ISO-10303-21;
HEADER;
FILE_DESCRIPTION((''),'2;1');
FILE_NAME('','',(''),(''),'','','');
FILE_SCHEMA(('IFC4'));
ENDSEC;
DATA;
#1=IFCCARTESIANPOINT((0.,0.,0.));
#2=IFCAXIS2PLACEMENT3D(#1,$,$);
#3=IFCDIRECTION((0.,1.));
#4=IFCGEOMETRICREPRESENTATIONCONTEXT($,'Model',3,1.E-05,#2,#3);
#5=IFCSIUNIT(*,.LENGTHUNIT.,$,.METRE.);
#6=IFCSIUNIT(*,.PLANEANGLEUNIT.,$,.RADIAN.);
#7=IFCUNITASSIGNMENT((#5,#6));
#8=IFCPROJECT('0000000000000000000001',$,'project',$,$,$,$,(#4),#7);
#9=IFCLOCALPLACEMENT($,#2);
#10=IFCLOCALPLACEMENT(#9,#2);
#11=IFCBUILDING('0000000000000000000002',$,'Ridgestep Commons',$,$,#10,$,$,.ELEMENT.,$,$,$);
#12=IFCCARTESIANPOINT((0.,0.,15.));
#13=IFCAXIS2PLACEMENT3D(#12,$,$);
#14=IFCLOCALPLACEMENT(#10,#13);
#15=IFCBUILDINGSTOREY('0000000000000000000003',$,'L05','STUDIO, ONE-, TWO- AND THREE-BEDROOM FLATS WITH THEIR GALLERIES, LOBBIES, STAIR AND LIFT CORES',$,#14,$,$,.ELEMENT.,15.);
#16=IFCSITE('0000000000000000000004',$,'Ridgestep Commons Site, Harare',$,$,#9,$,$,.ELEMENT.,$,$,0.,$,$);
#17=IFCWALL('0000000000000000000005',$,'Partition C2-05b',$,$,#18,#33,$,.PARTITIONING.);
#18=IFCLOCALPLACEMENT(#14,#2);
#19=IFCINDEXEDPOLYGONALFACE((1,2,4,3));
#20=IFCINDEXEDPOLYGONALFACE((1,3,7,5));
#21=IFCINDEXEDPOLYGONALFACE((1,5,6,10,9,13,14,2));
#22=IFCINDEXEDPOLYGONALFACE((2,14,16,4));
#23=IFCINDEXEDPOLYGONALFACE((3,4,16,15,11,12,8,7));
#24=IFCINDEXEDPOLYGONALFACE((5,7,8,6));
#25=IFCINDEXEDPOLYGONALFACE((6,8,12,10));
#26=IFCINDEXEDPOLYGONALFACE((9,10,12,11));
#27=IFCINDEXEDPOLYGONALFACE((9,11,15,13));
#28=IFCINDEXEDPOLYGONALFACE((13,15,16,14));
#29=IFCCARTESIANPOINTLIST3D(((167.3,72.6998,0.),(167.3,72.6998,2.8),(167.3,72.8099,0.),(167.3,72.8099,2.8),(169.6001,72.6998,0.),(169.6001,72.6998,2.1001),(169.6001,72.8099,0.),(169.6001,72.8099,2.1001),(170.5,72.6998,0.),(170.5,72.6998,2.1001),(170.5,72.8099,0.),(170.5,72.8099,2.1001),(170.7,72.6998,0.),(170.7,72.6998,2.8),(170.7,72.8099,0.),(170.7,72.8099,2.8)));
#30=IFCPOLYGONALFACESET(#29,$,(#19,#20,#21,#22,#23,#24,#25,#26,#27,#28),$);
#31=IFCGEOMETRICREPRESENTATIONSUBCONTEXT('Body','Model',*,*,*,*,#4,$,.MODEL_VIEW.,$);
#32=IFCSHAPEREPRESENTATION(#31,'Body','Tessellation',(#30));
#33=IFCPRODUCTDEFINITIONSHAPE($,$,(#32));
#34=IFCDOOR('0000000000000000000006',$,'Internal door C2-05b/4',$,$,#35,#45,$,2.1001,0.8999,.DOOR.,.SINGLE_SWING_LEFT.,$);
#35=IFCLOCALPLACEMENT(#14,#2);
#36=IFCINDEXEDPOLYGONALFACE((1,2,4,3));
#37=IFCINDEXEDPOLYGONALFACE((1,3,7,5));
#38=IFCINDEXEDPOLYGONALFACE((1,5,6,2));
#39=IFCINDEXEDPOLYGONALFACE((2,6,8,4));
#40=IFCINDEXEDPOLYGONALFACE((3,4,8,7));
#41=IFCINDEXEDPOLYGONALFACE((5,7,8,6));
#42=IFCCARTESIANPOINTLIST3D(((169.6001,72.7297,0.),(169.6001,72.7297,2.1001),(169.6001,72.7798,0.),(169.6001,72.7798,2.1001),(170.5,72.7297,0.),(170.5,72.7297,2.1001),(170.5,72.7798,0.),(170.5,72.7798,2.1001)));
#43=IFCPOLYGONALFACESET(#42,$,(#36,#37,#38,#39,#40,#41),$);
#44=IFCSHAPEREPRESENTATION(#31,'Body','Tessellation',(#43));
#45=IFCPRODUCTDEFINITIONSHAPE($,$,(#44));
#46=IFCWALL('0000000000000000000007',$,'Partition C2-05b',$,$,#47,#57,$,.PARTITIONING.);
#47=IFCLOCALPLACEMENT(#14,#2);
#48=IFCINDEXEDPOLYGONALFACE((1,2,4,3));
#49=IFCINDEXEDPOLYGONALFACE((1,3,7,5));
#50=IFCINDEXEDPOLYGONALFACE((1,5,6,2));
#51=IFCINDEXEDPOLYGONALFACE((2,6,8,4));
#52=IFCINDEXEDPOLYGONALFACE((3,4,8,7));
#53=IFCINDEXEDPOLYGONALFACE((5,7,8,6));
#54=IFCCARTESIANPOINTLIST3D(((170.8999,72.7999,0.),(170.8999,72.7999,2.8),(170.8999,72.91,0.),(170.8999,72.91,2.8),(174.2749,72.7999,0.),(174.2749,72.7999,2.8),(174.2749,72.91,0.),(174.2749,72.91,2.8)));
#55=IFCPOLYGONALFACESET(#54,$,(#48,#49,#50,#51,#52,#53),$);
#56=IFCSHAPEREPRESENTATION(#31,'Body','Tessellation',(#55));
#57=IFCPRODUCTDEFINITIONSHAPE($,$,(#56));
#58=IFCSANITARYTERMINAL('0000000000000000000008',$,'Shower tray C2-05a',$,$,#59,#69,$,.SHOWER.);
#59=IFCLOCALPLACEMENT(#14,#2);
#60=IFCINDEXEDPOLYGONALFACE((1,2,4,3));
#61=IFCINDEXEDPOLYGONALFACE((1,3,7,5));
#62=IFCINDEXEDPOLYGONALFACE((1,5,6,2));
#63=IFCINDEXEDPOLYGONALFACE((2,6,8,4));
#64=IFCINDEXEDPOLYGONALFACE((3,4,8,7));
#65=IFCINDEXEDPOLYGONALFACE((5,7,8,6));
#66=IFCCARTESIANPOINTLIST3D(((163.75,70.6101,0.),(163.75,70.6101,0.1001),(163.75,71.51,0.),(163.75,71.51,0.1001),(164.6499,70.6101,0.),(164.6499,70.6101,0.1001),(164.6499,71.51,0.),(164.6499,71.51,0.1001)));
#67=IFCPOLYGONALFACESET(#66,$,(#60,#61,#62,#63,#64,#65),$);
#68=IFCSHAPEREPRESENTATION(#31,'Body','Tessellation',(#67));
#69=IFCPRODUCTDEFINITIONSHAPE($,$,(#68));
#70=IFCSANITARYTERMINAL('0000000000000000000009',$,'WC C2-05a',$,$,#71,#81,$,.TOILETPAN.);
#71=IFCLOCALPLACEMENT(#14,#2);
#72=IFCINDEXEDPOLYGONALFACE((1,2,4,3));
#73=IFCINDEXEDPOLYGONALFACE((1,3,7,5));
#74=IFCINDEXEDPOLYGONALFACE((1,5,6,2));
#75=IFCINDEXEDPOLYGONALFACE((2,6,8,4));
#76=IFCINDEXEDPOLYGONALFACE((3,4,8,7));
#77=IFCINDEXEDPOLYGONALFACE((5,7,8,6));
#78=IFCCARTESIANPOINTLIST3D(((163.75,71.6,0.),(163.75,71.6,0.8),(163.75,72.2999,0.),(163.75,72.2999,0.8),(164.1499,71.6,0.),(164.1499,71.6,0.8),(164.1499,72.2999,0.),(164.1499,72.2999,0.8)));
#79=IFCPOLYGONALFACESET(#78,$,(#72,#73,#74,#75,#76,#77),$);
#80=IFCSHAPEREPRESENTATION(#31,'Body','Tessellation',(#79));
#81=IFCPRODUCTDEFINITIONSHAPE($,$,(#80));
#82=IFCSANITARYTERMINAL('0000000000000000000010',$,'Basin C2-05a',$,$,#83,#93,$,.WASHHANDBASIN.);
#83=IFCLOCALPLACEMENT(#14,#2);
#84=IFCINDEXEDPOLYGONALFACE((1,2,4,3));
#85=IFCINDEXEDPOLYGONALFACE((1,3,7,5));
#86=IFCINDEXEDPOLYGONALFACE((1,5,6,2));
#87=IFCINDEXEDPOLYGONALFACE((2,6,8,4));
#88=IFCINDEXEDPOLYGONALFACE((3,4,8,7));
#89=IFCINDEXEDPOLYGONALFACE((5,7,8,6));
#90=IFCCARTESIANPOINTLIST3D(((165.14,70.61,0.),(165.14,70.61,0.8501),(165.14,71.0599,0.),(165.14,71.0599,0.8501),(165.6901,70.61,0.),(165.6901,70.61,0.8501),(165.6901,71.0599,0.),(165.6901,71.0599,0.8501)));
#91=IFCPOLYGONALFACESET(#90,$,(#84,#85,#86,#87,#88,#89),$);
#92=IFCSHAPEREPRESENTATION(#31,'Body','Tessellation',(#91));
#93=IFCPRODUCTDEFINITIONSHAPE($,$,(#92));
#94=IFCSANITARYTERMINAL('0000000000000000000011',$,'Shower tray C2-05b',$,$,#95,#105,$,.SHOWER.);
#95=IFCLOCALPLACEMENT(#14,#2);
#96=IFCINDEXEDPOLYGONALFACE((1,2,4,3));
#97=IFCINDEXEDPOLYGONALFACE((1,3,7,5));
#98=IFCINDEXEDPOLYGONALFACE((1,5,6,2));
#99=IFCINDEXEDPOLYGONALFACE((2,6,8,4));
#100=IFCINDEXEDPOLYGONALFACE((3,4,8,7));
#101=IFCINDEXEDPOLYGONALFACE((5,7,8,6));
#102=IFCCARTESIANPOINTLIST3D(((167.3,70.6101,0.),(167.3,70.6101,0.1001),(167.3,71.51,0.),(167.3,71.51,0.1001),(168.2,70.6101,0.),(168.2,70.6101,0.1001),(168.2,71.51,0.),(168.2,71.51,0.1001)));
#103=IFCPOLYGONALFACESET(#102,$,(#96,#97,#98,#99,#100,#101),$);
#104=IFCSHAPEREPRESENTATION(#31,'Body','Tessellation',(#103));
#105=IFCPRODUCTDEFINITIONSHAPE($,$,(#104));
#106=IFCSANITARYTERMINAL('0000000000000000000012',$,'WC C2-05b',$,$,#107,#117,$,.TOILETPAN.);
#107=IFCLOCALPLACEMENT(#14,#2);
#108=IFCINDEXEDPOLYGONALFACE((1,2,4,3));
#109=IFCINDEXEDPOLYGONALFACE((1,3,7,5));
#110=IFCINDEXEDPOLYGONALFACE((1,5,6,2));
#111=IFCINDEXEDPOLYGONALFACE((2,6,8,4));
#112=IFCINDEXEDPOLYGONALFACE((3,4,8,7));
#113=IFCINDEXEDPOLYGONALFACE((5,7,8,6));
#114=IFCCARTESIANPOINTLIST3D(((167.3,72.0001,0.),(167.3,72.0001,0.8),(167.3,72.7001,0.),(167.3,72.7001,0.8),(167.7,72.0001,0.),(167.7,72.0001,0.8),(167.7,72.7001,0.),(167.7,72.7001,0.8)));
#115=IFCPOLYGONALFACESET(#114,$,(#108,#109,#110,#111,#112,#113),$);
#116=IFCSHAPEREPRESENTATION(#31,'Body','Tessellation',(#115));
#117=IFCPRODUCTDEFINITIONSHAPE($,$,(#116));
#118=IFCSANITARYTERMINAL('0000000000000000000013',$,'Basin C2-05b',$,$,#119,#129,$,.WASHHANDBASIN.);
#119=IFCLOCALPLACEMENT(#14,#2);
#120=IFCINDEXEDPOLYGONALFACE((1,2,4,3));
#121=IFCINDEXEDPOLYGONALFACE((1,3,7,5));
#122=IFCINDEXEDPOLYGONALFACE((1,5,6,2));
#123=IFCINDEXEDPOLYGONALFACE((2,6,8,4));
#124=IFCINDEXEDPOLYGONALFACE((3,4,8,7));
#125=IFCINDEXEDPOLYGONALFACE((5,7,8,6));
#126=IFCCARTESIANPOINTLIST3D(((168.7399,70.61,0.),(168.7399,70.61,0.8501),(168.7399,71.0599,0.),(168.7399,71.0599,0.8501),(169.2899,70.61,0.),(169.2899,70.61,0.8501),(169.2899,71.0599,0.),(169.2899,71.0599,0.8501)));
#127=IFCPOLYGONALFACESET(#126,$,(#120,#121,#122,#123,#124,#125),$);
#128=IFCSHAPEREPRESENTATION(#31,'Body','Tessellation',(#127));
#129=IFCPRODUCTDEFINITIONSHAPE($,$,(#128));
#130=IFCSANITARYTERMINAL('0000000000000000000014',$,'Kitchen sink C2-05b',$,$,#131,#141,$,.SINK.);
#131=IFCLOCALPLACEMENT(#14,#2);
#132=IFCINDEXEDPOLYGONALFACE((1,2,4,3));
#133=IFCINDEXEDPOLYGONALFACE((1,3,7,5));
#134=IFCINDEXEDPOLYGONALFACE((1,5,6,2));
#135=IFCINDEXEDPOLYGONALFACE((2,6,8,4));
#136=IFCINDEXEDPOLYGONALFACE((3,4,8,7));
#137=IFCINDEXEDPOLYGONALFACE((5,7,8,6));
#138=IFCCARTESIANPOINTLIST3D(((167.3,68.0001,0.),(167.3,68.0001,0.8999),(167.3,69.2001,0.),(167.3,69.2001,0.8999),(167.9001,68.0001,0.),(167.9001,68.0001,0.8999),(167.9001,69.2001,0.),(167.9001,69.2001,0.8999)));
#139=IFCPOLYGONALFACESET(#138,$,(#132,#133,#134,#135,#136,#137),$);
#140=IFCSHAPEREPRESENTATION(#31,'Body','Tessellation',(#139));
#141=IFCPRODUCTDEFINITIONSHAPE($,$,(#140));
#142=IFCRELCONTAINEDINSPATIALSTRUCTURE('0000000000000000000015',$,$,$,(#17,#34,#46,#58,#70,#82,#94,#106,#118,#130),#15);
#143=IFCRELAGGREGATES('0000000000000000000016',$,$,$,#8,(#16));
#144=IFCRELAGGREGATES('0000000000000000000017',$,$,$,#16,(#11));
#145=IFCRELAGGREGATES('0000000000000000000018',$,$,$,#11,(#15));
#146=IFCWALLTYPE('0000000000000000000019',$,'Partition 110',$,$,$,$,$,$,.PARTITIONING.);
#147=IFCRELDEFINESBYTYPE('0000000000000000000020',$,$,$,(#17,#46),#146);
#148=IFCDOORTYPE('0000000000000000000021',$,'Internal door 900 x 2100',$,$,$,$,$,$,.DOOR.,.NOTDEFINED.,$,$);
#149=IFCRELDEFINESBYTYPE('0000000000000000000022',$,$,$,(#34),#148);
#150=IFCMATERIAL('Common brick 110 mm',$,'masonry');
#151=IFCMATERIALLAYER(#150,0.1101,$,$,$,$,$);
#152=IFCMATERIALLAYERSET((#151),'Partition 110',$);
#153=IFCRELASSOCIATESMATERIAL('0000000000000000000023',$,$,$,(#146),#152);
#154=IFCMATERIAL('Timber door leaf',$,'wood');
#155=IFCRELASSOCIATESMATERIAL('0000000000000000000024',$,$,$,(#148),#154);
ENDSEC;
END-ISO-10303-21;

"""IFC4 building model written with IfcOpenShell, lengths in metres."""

from ifc_helpers import new_model, si_unit, direction, frame, frame_2d, origin, origin_2d, place, context, subcontext, project, spatial, rectangle, extrude, material, layer, layer_set, type_object, element, fill, save


model = new_model("IFC4")

# Units and contexts
model_context = context("Model", 3, precision=1e-05, world=origin(), true_north=direction((0.0, 1.0)))
body_context = subcontext(model_context, "Body", "Model", "MODEL_VIEW")
ifc_project = project(units=[si_unit("LENGTHUNIT", "METRE"), si_unit("PLANEANGLEUNIT", "RADIAN")], contexts=[model_context])

# Site, building, storey
site_placement = place(None, origin())
site = spatial("IfcSite", under=ifc_project, at=site_placement, Name="Ridgestep Commons Site, Harare", CompositionType="ELEMENT", RefElevation=0.0)
building_placement = place(site_placement, origin())
building = spatial("IfcBuilding", under=site, at=building_placement, Name="Ridgestep Commons", CompositionType="ELEMENT")
storey_placement = place(building_placement, frame((0.0, 0.0, 15.0)))
storey = spatial("IfcBuildingStorey", under=building, at=storey_placement, Name="L05", Description="STUDIO, ONE-, TWO- AND THREE-BEDROOM FLATS WITH THEIR GALLERIES, LOBBIES, STAIR AND LIFT CORES", CompositionType="ELEMENT", Elevation=15.0)

# Shared definitions
ifc_material_1 = material(Name="Common brick 110 mm", Category="masonry")
ifc_layer_1 = layer(ifc_material_1, 0.1101)
ifc_layer_set_1 = layer_set([ifc_layer_1], Name="Partition 110")
wall_type_1 = type_object("IfcWallType", Name="Partition 110", PredefinedType="PARTITIONING", material=ifc_layer_set_1)

# Shared definitions
ifc_material_2 = material(Name="Timber door leaf", Category="wood")
door_type = type_object("IfcDoorType", Name="Internal door 900 x 2100", OperationType="NOTDEFINED", PredefinedType="DOOR", material=ifc_material_2)

# Wall, opening, door
wall_1_placement = place(storey_placement, frame((167.3, 72.7549, 0.0), z_axis=(0.0, 0.0, 1.0), x_axis=(1.0, 0.0, 0.0)))
wall_1 = element("IfcWall", 1, at=wall_1_placement, inside=storey, type_object=wall_type_1, Name="Partition C2-05b", PredefinedType="PARTITIONING", context=body_context, shape_type="SweptSolid", body=[
    extrude(rectangle(XDim=3.3999, YDim=0.1101, at=frame_2d((1.7, 0.0))), origin(), (0.0, 0.0, 1.0), 2.8),
])
opening_1_placement = place(wall_1_placement, frame((2.3, 0.0, 0.0)))
opening_1 = element("IfcOpeningElement", 2, at=opening_1_placement, cuts=wall_1, PredefinedType="OPENING", context=body_context, shape_type="SweptSolid", body=[
    extrude(rectangle(XDim=0.8999, YDim=2.1001, at=frame_2d((0.45, 1.05))), frame((0.0, 0.0649, 0.0), z_axis=(0.0, -1.0, 0.0), x_axis=(1.0, 0.0, 0.0)), (0.0, 0.0, 1.0), 0.1301),
])
door_1_placement = place(opening_1_placement, origin())
door_1 = element("IfcDoor", 3, at=door_1_placement, inside=storey, type_object=door_type, Name="Internal door C2-05b/4", OperationType="SINGLE_SWING_LEFT", OverallHeight=2.1001, OverallWidth=0.8999, PredefinedType="DOOR", context=body_context, shape_type="SweptSolid", body=[
    extrude(rectangle(XDim=0.8999, YDim=2.1001, at=frame_2d((0.45, 1.05))), frame((0.0, 0.0249, 0.0), z_axis=(0.0, -1.0, 0.0), x_axis=(1.0, 0.0, 0.0)), (0.0, 0.0, 1.0), 0.05),
])
fill(opening_1, door_1)

# Wall
wall_2_placement = place(storey_placement, frame((170.8999, 72.855, 0.0), z_axis=(0.0, 0.0, 1.0), x_axis=(1.0, 0.0, 0.0)))
element("IfcWall", 4, at=wall_2_placement, inside=storey, type_object=wall_type_1, Name="Partition C2-05b", PredefinedType="PARTITIONING", context=body_context, shape_type="SweptSolid", body=[
    extrude(rectangle(XDim=3.375, YDim=0.1101, at=frame_2d((1.6875, 0.0))), origin(), (0.0, 0.0, 1.0), 2.8),
])

# Sanitary terminals
sanitary_terminal_1_placement = place(storey_placement, frame((164.2, 71.0601, 0.0), z_axis=(0.0, 0.0, 1.0), x_axis=(1.0, 0.0, 0.0)))
element("IfcSanitaryTerminal", 5, at=sanitary_terminal_1_placement, inside=storey, Name="Shower tray C2-05a", PredefinedType="SHOWER", context=body_context, shape_type="SweptSolid", body=[
    extrude(rectangle(XDim=0.8999, YDim=0.8999, at=origin_2d()), origin(), (0.0, 0.0, 1.0), 0.1001),
])
sanitary_terminal_2_placement = place(storey_placement, frame((163.95, 71.95, 0.0), z_axis=(0.0, 0.0, 1.0), x_axis=(1.0, 0.0, 0.0)))
element("IfcSanitaryTerminal", 6, at=sanitary_terminal_2_placement, inside=storey, Name="WC C2-05a", PredefinedType="TOILETPAN", context=body_context, shape_type="SweptSolid", body=[
    extrude(rectangle(XDim=0.3999, YDim=0.7, at=origin_2d()), origin(), (0.0, 0.0, 1.0), 0.8),
])
sanitary_terminal_3_placement = place(storey_placement, frame((165.415, 70.835, 0.0), z_axis=(0.0, 0.0, 1.0), x_axis=(1.0, 0.0, 0.0)))
element("IfcSanitaryTerminal", 7, at=sanitary_terminal_3_placement, inside=storey, Name="Basin C2-05a", PredefinedType="WASHHANDBASIN", context=body_context, shape_type="SweptSolid", body=[
    extrude(rectangle(XDim=0.55, YDim=0.45, at=origin_2d()), origin(), (0.0, 0.0, 1.0), 0.8501),
])
sanitary_terminal_4_placement = place(storey_placement, frame((167.75, 71.0601, 0.0), z_axis=(0.0, 0.0, 1.0), x_axis=(1.0, 0.0, 0.0)))
element("IfcSanitaryTerminal", 8, at=sanitary_terminal_4_placement, inside=storey, Name="Shower tray C2-05b", PredefinedType="SHOWER", context=body_context, shape_type="SweptSolid", body=[
    extrude(rectangle(XDim=0.8999, YDim=0.8999, at=origin_2d()), origin(), (0.0, 0.0, 1.0), 0.1001),
])
sanitary_terminal_5_placement = place(storey_placement, frame((167.5, 72.3501, 0.0), z_axis=(0.0, 0.0, 1.0), x_axis=(1.0, 0.0, 0.0)))
element("IfcSanitaryTerminal", 9, at=sanitary_terminal_5_placement, inside=storey, Name="WC C2-05b", PredefinedType="TOILETPAN", context=body_context, shape_type="SweptSolid", body=[
    extrude(rectangle(XDim=0.3999, YDim=0.7, at=origin_2d()), origin(), (0.0, 0.0, 1.0), 0.8),
])
sanitary_terminal_6_placement = place(storey_placement, frame((169.0149, 70.835, 0.0), z_axis=(0.0, 0.0, 1.0), x_axis=(1.0, 0.0, 0.0)))
element("IfcSanitaryTerminal", 10, at=sanitary_terminal_6_placement, inside=storey, Name="Basin C2-05b", PredefinedType="WASHHANDBASIN", context=body_context, shape_type="SweptSolid", body=[
    extrude(rectangle(XDim=0.55, YDim=0.45, at=origin_2d()), origin(), (0.0, 0.0, 1.0), 0.8501),
])
sanitary_terminal_7_placement = place(storey_placement, frame((167.6001, 68.6001, 0.0), z_axis=(0.0, 0.0, 1.0), x_axis=(1.0, 0.0, 0.0)))
element("IfcSanitaryTerminal", 11, at=sanitary_terminal_7_placement, inside=storey, Name="Kitchen sink C2-05b", PredefinedType="SINK", context=body_context, shape_type="SweptSolid", body=[
    extrude(rectangle(XDim=0.6001, YDim=1.2, at=origin_2d()), origin(), (0.0, 0.0, 1.0), 0.8999),
])

save(model, "model.ifc")
